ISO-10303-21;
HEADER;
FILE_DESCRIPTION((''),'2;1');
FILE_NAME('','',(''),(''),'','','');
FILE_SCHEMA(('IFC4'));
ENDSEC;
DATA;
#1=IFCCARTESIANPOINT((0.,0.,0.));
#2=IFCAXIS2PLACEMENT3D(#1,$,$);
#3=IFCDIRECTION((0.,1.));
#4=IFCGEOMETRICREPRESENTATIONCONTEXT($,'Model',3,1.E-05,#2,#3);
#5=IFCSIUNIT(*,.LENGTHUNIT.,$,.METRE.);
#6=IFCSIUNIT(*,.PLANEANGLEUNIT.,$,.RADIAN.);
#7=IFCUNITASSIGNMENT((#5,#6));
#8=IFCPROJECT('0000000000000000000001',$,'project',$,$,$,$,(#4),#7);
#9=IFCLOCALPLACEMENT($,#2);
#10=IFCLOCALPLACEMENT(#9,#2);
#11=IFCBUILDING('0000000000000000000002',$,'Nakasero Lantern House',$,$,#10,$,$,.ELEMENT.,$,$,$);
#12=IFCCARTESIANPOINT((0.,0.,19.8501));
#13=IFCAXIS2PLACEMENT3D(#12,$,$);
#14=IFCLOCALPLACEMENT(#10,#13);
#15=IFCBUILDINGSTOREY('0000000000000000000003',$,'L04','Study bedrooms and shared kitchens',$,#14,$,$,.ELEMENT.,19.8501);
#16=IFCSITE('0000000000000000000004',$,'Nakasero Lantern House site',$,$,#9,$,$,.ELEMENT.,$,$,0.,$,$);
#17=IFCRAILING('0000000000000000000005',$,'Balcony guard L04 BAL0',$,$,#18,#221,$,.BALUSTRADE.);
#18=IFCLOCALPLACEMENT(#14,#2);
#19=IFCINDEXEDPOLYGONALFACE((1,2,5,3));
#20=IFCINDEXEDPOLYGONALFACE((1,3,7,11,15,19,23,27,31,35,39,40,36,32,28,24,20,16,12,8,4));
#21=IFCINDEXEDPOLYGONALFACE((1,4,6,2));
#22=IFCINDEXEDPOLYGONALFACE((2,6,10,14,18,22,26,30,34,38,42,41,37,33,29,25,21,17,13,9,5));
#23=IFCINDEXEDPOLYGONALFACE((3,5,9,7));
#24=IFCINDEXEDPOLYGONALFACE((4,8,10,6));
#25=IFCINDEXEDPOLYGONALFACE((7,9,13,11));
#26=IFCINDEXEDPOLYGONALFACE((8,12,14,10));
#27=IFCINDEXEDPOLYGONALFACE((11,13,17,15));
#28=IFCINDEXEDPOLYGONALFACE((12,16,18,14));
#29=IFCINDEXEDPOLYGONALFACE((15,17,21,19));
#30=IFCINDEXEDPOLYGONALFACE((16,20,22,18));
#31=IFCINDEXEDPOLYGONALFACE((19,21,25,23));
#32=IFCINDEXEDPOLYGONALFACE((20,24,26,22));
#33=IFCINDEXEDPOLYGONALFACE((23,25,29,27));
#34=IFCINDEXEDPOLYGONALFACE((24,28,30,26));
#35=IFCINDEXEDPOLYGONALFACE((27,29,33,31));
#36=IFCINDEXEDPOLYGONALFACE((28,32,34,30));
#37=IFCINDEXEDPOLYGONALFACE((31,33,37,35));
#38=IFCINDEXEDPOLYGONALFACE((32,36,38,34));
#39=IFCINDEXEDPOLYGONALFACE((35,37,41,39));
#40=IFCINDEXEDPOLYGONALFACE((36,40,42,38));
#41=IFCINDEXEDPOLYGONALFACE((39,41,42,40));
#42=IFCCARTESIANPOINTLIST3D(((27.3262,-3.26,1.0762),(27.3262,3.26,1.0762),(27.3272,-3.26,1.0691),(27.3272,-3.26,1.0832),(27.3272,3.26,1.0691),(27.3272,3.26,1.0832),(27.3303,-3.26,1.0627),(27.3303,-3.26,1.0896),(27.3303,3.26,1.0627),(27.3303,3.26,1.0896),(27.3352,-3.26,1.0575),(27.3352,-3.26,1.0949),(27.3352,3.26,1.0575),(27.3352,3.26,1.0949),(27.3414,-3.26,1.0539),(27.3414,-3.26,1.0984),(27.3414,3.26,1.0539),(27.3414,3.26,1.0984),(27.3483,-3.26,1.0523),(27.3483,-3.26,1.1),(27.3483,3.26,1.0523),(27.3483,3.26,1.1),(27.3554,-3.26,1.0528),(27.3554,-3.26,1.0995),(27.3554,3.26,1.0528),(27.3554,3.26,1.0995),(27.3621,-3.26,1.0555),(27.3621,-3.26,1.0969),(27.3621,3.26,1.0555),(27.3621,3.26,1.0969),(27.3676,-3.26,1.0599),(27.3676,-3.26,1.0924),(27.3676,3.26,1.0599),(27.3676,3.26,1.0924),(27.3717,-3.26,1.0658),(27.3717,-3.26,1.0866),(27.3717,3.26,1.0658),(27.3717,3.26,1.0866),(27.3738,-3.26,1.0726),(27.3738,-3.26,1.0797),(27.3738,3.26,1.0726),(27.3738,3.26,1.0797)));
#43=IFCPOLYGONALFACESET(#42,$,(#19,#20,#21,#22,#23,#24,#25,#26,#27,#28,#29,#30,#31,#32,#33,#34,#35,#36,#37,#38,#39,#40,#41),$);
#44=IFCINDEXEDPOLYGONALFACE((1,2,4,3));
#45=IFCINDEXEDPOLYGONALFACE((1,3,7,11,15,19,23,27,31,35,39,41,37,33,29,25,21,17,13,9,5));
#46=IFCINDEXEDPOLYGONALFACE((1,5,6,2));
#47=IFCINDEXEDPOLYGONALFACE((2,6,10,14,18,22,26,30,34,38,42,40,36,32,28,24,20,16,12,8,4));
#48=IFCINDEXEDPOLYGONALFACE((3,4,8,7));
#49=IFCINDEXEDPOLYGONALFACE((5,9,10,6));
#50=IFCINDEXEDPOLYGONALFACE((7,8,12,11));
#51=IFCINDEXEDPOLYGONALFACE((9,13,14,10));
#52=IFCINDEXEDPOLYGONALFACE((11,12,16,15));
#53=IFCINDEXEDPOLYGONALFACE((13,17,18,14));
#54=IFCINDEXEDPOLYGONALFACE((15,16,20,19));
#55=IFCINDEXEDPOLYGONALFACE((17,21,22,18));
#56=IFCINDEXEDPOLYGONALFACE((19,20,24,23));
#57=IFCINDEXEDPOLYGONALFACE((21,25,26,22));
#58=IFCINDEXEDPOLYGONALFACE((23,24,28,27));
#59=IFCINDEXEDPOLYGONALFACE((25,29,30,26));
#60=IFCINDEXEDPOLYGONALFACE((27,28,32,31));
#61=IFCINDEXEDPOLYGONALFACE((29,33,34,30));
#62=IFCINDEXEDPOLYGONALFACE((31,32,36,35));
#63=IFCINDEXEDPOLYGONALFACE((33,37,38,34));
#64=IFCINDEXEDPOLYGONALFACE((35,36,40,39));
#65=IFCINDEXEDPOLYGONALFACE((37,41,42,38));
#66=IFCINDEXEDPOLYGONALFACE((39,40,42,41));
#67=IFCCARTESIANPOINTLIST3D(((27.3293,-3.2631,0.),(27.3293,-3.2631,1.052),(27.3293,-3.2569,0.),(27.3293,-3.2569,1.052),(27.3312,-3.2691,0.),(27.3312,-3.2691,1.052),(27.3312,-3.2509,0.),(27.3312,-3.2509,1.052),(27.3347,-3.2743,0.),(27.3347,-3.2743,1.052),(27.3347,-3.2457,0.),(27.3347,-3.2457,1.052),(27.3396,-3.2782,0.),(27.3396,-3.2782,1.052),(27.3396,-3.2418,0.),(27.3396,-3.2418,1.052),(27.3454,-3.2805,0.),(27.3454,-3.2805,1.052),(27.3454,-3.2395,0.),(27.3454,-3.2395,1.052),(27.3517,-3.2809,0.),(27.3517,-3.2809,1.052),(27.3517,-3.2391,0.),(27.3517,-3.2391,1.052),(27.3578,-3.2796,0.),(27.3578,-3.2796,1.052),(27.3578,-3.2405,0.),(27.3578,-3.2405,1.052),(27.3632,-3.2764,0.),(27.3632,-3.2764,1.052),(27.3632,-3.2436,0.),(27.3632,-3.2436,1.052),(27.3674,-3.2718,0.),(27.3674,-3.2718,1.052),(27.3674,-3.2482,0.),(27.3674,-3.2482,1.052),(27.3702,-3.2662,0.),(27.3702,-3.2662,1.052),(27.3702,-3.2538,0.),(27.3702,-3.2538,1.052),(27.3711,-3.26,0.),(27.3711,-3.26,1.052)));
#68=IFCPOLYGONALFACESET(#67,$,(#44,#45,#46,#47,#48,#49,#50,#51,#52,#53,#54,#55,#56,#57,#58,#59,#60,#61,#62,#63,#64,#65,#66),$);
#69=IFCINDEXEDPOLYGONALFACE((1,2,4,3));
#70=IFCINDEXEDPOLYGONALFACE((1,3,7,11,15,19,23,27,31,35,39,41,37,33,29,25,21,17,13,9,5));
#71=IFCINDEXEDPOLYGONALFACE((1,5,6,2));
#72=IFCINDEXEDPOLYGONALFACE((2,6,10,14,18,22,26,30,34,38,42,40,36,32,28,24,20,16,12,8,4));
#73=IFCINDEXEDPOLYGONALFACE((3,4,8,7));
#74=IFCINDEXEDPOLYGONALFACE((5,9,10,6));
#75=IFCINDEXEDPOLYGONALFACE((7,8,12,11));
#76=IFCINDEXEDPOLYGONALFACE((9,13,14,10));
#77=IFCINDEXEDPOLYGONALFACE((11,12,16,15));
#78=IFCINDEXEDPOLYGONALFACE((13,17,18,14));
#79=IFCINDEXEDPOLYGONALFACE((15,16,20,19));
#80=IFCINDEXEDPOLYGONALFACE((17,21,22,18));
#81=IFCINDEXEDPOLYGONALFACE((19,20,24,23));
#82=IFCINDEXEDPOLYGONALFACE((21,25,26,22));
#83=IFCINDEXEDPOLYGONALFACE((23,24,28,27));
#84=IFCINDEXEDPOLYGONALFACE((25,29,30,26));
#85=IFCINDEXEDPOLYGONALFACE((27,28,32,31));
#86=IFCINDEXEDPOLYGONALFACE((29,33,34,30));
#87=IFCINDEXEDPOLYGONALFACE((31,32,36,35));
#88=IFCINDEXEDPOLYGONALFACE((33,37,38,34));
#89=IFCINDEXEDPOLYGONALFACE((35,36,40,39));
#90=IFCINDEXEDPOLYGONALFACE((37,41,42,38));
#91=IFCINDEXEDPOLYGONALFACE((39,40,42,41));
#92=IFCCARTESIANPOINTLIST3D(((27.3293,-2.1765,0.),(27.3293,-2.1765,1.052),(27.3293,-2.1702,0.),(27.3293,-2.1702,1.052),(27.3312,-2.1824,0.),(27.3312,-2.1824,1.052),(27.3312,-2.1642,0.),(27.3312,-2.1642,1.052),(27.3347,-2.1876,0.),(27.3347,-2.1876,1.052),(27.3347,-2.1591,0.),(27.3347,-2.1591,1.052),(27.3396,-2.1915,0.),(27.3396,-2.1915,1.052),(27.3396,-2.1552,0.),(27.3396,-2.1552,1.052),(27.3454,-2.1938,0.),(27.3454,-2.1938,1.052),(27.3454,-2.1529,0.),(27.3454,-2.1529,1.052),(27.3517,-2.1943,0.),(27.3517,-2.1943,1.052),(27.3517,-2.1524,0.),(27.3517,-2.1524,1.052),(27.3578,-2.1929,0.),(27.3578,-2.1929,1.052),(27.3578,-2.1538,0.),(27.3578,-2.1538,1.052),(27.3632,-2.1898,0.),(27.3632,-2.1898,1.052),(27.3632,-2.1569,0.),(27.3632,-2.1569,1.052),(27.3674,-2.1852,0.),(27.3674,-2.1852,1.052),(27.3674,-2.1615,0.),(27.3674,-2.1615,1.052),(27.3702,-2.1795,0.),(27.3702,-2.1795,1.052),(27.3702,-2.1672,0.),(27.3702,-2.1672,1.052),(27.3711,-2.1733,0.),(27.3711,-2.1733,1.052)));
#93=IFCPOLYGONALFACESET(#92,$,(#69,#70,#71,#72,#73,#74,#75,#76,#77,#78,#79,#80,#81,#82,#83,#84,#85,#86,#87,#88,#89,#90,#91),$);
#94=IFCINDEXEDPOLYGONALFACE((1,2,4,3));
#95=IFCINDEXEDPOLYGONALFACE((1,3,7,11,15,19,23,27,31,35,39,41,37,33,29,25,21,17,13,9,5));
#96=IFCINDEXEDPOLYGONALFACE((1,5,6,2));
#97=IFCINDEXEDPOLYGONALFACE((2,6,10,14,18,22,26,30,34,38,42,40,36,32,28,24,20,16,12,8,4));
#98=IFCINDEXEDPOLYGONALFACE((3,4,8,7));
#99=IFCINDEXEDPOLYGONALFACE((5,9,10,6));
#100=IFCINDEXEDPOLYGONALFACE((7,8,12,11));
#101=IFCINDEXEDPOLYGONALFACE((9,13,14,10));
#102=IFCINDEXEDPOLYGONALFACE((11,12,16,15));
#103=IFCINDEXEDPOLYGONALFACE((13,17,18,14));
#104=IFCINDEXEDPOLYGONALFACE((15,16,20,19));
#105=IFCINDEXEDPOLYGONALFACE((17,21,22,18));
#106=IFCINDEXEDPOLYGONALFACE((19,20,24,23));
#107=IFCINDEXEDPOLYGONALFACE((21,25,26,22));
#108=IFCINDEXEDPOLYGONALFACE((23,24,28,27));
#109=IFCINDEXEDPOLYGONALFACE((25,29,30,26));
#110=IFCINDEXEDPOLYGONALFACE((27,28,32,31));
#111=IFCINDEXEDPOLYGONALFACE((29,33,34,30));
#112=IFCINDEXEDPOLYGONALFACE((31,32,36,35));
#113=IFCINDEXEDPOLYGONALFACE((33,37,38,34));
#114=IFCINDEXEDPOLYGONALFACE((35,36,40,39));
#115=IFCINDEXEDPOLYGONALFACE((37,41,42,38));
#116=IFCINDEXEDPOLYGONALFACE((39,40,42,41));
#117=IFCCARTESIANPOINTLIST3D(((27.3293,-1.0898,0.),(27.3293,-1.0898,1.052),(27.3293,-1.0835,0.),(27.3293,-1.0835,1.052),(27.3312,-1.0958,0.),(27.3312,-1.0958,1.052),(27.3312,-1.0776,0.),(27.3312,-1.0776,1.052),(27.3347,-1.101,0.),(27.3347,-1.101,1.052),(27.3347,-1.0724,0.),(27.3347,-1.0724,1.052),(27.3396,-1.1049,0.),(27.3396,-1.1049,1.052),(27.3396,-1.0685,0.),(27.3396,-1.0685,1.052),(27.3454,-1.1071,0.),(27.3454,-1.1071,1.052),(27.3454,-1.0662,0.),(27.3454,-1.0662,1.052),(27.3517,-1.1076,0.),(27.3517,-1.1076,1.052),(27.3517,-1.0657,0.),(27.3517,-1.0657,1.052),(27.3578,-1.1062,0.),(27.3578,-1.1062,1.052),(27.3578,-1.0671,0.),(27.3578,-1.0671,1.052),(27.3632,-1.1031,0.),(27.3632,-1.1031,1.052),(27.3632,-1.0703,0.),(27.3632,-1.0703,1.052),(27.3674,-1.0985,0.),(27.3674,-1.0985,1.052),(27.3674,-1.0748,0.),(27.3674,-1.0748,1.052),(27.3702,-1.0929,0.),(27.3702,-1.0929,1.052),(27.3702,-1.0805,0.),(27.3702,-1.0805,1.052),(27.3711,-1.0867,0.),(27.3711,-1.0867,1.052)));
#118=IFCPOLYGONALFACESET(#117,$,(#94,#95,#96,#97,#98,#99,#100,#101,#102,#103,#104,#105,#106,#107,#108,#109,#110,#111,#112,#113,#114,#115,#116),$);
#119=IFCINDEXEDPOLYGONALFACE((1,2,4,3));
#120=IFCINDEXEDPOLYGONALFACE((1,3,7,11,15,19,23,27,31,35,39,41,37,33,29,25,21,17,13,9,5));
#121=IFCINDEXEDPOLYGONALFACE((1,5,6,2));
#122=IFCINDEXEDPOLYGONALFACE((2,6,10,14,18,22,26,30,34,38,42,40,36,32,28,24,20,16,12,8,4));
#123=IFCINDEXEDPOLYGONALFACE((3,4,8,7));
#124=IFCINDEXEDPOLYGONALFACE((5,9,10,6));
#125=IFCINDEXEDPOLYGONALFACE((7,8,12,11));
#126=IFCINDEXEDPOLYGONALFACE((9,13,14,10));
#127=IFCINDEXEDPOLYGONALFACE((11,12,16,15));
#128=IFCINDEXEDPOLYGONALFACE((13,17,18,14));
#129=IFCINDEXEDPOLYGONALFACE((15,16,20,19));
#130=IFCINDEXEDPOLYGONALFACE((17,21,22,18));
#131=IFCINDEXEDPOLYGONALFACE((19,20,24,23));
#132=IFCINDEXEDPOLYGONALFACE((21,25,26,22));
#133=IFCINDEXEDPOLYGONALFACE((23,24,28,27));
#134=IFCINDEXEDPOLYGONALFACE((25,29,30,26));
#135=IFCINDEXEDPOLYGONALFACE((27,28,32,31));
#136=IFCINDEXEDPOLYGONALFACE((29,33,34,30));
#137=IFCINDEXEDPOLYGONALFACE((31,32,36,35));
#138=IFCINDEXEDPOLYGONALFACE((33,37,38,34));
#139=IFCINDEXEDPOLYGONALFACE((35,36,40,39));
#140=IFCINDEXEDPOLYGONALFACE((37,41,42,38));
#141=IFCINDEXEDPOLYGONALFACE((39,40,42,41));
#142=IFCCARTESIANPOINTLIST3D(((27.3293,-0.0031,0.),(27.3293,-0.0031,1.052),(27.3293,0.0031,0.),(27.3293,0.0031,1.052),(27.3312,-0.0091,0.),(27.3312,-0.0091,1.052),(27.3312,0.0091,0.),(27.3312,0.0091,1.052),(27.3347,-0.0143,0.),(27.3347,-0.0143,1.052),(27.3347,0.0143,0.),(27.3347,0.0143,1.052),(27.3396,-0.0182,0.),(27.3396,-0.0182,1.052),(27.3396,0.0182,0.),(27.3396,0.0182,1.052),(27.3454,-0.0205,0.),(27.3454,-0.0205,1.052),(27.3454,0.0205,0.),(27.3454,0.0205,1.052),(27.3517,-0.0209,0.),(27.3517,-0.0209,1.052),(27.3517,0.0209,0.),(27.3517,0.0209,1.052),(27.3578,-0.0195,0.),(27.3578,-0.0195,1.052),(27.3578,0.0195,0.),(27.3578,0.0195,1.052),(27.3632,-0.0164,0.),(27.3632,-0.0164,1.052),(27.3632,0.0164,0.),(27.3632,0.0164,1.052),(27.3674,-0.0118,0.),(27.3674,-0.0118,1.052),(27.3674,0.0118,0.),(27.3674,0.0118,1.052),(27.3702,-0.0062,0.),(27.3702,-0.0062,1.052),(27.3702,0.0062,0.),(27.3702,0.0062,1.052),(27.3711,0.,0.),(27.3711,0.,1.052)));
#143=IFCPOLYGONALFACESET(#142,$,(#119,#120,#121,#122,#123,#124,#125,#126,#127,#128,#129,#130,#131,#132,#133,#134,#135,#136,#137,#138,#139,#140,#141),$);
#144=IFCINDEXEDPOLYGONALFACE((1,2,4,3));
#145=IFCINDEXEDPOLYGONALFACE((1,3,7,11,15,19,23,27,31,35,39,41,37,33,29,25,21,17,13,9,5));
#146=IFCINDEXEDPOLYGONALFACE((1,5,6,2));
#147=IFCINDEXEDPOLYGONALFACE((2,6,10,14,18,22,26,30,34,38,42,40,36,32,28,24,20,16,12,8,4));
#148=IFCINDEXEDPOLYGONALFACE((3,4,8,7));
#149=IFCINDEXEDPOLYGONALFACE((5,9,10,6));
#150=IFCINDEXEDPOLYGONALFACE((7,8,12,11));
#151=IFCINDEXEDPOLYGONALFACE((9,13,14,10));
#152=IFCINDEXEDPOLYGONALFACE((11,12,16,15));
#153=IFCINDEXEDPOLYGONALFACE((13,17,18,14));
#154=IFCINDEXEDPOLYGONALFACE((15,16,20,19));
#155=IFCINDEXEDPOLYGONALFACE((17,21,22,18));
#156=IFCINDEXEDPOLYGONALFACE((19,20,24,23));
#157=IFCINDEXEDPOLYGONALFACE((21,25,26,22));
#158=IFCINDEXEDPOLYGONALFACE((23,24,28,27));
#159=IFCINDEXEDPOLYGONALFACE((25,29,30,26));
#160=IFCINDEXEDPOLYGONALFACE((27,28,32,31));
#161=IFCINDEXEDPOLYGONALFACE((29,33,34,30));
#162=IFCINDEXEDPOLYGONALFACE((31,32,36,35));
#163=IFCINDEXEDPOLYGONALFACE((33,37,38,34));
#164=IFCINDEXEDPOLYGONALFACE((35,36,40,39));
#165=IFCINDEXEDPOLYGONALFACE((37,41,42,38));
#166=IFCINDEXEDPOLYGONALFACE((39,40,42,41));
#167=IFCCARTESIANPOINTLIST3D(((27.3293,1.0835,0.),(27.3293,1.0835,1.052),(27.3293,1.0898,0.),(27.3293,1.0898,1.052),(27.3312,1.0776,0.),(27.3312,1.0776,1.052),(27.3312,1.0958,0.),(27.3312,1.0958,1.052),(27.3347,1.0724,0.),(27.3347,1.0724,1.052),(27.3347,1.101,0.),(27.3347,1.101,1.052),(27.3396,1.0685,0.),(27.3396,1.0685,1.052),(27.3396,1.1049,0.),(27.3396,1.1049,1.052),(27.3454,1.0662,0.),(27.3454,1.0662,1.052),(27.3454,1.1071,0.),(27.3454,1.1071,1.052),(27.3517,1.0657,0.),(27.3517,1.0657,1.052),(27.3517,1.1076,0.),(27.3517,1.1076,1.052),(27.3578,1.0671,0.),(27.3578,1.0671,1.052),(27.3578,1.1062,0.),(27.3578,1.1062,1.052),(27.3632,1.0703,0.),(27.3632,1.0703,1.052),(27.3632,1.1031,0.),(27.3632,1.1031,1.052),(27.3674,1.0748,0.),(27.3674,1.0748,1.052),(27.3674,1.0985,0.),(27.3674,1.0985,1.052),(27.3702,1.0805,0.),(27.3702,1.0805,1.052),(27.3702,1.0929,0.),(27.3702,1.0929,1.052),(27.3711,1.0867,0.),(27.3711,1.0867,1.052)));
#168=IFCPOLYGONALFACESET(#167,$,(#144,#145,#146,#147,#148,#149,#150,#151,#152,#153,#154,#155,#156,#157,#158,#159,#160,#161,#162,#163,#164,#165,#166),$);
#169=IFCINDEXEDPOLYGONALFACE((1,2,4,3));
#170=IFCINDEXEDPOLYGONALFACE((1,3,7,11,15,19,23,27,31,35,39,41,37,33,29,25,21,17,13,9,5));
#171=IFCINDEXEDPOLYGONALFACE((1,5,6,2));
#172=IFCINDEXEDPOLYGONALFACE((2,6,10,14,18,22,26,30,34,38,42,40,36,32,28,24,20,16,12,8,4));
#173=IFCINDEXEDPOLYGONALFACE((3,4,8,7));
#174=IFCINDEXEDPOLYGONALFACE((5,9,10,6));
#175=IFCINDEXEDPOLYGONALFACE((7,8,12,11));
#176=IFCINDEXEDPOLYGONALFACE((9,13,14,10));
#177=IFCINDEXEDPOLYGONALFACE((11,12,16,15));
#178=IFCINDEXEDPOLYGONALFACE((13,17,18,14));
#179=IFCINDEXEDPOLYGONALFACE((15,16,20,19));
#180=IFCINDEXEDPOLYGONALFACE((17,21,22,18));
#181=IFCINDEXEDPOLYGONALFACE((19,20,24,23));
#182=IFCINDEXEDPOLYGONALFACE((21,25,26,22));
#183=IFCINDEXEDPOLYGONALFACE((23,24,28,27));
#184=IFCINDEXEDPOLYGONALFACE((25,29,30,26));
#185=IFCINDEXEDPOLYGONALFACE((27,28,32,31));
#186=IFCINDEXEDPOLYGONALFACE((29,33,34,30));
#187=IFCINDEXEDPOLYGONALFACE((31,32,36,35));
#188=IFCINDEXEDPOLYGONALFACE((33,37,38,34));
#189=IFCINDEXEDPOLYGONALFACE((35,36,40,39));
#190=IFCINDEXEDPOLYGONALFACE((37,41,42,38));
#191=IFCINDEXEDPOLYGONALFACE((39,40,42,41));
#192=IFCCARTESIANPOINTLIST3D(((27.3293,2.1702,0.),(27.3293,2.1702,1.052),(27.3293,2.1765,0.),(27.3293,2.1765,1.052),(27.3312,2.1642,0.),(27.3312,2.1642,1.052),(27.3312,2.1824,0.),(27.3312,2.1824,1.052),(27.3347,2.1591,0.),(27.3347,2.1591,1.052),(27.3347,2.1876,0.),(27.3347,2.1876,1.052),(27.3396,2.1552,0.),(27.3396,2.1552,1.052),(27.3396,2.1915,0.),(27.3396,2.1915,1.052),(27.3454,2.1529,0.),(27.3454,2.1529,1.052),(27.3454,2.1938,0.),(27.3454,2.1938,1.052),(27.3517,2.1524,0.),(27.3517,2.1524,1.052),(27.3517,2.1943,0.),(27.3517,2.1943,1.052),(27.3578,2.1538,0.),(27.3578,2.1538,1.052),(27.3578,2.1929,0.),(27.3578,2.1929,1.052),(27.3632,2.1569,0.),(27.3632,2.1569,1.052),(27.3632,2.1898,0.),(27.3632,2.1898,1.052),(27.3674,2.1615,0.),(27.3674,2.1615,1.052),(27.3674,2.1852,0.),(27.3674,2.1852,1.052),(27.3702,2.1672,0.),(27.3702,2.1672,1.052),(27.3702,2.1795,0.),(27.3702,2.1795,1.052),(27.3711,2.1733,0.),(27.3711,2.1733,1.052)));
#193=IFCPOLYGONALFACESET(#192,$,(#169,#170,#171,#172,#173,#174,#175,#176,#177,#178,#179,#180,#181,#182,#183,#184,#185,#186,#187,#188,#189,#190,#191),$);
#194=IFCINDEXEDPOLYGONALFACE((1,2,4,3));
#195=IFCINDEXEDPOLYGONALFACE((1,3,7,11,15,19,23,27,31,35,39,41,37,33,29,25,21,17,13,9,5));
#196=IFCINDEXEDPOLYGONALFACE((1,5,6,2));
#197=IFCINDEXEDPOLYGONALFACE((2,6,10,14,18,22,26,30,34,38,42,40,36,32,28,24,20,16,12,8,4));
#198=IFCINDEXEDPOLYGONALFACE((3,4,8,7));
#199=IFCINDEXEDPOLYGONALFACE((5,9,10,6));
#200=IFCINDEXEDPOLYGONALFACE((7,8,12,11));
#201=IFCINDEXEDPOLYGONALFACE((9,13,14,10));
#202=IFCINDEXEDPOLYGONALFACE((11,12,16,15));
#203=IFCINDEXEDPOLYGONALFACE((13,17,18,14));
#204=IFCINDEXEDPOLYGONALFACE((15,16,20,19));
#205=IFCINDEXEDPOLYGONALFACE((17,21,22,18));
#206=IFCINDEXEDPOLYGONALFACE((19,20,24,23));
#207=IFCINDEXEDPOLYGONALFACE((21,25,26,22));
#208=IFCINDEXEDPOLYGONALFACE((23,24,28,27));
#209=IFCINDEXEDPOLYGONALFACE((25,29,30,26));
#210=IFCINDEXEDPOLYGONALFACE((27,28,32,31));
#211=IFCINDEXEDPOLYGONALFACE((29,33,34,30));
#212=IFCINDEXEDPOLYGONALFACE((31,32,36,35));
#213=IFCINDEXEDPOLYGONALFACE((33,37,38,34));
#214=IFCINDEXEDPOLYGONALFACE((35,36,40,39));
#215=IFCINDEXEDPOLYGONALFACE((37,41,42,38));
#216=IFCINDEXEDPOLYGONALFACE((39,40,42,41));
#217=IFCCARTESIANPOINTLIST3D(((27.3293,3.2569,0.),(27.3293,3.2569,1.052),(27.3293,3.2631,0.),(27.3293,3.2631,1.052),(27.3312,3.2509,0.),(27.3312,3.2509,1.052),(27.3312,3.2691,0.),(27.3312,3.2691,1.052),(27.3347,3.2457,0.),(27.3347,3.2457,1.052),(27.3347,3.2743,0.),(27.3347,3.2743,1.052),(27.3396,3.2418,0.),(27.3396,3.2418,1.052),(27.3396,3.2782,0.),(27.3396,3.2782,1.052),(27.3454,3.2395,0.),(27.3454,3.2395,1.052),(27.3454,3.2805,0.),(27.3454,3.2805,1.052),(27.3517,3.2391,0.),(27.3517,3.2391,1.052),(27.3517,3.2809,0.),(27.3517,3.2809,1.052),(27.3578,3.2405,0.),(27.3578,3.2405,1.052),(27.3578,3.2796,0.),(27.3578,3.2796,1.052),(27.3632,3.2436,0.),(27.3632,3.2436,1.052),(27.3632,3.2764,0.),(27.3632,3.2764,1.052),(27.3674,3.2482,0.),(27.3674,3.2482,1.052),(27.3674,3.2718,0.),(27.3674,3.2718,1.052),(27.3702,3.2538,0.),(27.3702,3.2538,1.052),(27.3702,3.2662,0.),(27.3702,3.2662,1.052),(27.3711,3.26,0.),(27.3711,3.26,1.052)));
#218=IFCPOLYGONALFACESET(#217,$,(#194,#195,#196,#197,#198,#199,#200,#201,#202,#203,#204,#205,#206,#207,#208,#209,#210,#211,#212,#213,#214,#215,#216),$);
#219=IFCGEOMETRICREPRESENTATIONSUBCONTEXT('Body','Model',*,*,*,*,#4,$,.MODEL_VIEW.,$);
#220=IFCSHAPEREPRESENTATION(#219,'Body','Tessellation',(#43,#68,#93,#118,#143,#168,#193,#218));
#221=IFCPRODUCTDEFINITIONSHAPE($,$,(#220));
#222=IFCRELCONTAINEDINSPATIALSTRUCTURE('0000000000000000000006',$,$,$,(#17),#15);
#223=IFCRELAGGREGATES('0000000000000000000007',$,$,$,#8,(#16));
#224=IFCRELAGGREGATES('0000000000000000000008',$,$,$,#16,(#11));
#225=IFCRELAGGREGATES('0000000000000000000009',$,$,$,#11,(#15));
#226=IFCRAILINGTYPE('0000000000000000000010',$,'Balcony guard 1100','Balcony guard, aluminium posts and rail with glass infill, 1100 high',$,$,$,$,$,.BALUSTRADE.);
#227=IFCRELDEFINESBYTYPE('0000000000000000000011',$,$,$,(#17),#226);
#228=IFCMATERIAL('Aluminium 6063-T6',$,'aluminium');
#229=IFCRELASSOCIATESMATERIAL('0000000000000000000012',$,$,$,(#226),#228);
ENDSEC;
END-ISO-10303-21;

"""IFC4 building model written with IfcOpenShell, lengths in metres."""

from ifc_helpers import new_model, si_unit, direction, frame, origin, origin_2d, place, context, subcontext, project, spatial, circle, extrude, material, type_object, element, save


model = new_model("IFC4")

# Units and contexts
model_context = context("Model", 3, precision=1e-05, world=origin(), true_north=direction((0.0, 1.0)))
body_context = subcontext(model_context, "Body", "Model", "MODEL_VIEW")
ifc_project = project(units=[si_unit("LENGTHUNIT", "METRE"), si_unit("PLANEANGLEUNIT", "RADIAN")], contexts=[model_context])

# Site, building, storey
site_placement = place(None, origin())
site = spatial("IfcSite", under=ifc_project, at=site_placement, Name="Nakasero Lantern House site", CompositionType="ELEMENT", RefElevation=0.0)
building_placement = place(site_placement, origin())
building = spatial("IfcBuilding", under=site, at=building_placement, Name="Nakasero Lantern House", CompositionType="ELEMENT")
storey_placement = place(building_placement, frame((0.0, 0.0, 19.8501)))
storey = spatial("IfcBuildingStorey", under=building, at=storey_placement, Name="L04", Description="Study bedrooms and shared kitchens", CompositionType="ELEMENT", Elevation=19.8501)

# Railing
ifc_material_1 = material(Name="Aluminium 6063-T6", Category="aluminium")
railing_type = type_object("IfcRailingType", Name="Balcony guard 1100", Description="Balcony guard, aluminium posts and rail with glass infill, 1100 high", PredefinedType="BALUSTRADE", material=ifc_material_1)
railing_placement = place(storey_placement, frame((27.3501, -3.26, 0.0)))
element("IfcRailing", 1, at=railing_placement, inside=storey, type_object=railing_type, Name="Balcony guard L04 BAL0", PredefinedType="BALUSTRADE", context=body_context, shape_type="SweptSolid", body=[
    extrude(circle(Radius=0.0239, at=origin_2d()), frame((0.0, 0.0, 1.0762), z_axis=(0.0, 1.0, 0.0), x_axis=(-1.0, 0.0, 0.0)), (0.0, 0.0, 1.0), 6.52),
    extrude(circle(Radius=0.021, at=origin_2d()), origin(), (0.0, 0.0, 1.0), 1.052),
    extrude(circle(Radius=0.021, at=origin_2d()), frame((0.0, 1.0867, 0.0)), (0.0, 0.0, 1.0), 1.052),
    extrude(circle(Radius=0.021, at=origin_2d()), frame((0.0, 2.1733, 0.0)), (0.0, 0.0, 1.0), 1.052),
    extrude(circle(Radius=0.021, at=origin_2d()), frame((0.0, 3.26, 0.0)), (0.0, 0.0, 1.0), 1.052),
    extrude(circle(Radius=0.021, at=origin_2d()), frame((0.0, 4.3467, 0.0)), (0.0, 0.0, 1.0), 1.052),
    extrude(circle(Radius=0.021, at=origin_2d()), frame((0.0, 5.4333, 0.0)), (0.0, 0.0, 1.0), 1.052),
    extrude(circle(Radius=0.021, at=origin_2d()), frame((0.0, 6.52, 0.0)), (0.0, 0.0, 1.0), 1.052),
])

save(model, "model.ifc")
